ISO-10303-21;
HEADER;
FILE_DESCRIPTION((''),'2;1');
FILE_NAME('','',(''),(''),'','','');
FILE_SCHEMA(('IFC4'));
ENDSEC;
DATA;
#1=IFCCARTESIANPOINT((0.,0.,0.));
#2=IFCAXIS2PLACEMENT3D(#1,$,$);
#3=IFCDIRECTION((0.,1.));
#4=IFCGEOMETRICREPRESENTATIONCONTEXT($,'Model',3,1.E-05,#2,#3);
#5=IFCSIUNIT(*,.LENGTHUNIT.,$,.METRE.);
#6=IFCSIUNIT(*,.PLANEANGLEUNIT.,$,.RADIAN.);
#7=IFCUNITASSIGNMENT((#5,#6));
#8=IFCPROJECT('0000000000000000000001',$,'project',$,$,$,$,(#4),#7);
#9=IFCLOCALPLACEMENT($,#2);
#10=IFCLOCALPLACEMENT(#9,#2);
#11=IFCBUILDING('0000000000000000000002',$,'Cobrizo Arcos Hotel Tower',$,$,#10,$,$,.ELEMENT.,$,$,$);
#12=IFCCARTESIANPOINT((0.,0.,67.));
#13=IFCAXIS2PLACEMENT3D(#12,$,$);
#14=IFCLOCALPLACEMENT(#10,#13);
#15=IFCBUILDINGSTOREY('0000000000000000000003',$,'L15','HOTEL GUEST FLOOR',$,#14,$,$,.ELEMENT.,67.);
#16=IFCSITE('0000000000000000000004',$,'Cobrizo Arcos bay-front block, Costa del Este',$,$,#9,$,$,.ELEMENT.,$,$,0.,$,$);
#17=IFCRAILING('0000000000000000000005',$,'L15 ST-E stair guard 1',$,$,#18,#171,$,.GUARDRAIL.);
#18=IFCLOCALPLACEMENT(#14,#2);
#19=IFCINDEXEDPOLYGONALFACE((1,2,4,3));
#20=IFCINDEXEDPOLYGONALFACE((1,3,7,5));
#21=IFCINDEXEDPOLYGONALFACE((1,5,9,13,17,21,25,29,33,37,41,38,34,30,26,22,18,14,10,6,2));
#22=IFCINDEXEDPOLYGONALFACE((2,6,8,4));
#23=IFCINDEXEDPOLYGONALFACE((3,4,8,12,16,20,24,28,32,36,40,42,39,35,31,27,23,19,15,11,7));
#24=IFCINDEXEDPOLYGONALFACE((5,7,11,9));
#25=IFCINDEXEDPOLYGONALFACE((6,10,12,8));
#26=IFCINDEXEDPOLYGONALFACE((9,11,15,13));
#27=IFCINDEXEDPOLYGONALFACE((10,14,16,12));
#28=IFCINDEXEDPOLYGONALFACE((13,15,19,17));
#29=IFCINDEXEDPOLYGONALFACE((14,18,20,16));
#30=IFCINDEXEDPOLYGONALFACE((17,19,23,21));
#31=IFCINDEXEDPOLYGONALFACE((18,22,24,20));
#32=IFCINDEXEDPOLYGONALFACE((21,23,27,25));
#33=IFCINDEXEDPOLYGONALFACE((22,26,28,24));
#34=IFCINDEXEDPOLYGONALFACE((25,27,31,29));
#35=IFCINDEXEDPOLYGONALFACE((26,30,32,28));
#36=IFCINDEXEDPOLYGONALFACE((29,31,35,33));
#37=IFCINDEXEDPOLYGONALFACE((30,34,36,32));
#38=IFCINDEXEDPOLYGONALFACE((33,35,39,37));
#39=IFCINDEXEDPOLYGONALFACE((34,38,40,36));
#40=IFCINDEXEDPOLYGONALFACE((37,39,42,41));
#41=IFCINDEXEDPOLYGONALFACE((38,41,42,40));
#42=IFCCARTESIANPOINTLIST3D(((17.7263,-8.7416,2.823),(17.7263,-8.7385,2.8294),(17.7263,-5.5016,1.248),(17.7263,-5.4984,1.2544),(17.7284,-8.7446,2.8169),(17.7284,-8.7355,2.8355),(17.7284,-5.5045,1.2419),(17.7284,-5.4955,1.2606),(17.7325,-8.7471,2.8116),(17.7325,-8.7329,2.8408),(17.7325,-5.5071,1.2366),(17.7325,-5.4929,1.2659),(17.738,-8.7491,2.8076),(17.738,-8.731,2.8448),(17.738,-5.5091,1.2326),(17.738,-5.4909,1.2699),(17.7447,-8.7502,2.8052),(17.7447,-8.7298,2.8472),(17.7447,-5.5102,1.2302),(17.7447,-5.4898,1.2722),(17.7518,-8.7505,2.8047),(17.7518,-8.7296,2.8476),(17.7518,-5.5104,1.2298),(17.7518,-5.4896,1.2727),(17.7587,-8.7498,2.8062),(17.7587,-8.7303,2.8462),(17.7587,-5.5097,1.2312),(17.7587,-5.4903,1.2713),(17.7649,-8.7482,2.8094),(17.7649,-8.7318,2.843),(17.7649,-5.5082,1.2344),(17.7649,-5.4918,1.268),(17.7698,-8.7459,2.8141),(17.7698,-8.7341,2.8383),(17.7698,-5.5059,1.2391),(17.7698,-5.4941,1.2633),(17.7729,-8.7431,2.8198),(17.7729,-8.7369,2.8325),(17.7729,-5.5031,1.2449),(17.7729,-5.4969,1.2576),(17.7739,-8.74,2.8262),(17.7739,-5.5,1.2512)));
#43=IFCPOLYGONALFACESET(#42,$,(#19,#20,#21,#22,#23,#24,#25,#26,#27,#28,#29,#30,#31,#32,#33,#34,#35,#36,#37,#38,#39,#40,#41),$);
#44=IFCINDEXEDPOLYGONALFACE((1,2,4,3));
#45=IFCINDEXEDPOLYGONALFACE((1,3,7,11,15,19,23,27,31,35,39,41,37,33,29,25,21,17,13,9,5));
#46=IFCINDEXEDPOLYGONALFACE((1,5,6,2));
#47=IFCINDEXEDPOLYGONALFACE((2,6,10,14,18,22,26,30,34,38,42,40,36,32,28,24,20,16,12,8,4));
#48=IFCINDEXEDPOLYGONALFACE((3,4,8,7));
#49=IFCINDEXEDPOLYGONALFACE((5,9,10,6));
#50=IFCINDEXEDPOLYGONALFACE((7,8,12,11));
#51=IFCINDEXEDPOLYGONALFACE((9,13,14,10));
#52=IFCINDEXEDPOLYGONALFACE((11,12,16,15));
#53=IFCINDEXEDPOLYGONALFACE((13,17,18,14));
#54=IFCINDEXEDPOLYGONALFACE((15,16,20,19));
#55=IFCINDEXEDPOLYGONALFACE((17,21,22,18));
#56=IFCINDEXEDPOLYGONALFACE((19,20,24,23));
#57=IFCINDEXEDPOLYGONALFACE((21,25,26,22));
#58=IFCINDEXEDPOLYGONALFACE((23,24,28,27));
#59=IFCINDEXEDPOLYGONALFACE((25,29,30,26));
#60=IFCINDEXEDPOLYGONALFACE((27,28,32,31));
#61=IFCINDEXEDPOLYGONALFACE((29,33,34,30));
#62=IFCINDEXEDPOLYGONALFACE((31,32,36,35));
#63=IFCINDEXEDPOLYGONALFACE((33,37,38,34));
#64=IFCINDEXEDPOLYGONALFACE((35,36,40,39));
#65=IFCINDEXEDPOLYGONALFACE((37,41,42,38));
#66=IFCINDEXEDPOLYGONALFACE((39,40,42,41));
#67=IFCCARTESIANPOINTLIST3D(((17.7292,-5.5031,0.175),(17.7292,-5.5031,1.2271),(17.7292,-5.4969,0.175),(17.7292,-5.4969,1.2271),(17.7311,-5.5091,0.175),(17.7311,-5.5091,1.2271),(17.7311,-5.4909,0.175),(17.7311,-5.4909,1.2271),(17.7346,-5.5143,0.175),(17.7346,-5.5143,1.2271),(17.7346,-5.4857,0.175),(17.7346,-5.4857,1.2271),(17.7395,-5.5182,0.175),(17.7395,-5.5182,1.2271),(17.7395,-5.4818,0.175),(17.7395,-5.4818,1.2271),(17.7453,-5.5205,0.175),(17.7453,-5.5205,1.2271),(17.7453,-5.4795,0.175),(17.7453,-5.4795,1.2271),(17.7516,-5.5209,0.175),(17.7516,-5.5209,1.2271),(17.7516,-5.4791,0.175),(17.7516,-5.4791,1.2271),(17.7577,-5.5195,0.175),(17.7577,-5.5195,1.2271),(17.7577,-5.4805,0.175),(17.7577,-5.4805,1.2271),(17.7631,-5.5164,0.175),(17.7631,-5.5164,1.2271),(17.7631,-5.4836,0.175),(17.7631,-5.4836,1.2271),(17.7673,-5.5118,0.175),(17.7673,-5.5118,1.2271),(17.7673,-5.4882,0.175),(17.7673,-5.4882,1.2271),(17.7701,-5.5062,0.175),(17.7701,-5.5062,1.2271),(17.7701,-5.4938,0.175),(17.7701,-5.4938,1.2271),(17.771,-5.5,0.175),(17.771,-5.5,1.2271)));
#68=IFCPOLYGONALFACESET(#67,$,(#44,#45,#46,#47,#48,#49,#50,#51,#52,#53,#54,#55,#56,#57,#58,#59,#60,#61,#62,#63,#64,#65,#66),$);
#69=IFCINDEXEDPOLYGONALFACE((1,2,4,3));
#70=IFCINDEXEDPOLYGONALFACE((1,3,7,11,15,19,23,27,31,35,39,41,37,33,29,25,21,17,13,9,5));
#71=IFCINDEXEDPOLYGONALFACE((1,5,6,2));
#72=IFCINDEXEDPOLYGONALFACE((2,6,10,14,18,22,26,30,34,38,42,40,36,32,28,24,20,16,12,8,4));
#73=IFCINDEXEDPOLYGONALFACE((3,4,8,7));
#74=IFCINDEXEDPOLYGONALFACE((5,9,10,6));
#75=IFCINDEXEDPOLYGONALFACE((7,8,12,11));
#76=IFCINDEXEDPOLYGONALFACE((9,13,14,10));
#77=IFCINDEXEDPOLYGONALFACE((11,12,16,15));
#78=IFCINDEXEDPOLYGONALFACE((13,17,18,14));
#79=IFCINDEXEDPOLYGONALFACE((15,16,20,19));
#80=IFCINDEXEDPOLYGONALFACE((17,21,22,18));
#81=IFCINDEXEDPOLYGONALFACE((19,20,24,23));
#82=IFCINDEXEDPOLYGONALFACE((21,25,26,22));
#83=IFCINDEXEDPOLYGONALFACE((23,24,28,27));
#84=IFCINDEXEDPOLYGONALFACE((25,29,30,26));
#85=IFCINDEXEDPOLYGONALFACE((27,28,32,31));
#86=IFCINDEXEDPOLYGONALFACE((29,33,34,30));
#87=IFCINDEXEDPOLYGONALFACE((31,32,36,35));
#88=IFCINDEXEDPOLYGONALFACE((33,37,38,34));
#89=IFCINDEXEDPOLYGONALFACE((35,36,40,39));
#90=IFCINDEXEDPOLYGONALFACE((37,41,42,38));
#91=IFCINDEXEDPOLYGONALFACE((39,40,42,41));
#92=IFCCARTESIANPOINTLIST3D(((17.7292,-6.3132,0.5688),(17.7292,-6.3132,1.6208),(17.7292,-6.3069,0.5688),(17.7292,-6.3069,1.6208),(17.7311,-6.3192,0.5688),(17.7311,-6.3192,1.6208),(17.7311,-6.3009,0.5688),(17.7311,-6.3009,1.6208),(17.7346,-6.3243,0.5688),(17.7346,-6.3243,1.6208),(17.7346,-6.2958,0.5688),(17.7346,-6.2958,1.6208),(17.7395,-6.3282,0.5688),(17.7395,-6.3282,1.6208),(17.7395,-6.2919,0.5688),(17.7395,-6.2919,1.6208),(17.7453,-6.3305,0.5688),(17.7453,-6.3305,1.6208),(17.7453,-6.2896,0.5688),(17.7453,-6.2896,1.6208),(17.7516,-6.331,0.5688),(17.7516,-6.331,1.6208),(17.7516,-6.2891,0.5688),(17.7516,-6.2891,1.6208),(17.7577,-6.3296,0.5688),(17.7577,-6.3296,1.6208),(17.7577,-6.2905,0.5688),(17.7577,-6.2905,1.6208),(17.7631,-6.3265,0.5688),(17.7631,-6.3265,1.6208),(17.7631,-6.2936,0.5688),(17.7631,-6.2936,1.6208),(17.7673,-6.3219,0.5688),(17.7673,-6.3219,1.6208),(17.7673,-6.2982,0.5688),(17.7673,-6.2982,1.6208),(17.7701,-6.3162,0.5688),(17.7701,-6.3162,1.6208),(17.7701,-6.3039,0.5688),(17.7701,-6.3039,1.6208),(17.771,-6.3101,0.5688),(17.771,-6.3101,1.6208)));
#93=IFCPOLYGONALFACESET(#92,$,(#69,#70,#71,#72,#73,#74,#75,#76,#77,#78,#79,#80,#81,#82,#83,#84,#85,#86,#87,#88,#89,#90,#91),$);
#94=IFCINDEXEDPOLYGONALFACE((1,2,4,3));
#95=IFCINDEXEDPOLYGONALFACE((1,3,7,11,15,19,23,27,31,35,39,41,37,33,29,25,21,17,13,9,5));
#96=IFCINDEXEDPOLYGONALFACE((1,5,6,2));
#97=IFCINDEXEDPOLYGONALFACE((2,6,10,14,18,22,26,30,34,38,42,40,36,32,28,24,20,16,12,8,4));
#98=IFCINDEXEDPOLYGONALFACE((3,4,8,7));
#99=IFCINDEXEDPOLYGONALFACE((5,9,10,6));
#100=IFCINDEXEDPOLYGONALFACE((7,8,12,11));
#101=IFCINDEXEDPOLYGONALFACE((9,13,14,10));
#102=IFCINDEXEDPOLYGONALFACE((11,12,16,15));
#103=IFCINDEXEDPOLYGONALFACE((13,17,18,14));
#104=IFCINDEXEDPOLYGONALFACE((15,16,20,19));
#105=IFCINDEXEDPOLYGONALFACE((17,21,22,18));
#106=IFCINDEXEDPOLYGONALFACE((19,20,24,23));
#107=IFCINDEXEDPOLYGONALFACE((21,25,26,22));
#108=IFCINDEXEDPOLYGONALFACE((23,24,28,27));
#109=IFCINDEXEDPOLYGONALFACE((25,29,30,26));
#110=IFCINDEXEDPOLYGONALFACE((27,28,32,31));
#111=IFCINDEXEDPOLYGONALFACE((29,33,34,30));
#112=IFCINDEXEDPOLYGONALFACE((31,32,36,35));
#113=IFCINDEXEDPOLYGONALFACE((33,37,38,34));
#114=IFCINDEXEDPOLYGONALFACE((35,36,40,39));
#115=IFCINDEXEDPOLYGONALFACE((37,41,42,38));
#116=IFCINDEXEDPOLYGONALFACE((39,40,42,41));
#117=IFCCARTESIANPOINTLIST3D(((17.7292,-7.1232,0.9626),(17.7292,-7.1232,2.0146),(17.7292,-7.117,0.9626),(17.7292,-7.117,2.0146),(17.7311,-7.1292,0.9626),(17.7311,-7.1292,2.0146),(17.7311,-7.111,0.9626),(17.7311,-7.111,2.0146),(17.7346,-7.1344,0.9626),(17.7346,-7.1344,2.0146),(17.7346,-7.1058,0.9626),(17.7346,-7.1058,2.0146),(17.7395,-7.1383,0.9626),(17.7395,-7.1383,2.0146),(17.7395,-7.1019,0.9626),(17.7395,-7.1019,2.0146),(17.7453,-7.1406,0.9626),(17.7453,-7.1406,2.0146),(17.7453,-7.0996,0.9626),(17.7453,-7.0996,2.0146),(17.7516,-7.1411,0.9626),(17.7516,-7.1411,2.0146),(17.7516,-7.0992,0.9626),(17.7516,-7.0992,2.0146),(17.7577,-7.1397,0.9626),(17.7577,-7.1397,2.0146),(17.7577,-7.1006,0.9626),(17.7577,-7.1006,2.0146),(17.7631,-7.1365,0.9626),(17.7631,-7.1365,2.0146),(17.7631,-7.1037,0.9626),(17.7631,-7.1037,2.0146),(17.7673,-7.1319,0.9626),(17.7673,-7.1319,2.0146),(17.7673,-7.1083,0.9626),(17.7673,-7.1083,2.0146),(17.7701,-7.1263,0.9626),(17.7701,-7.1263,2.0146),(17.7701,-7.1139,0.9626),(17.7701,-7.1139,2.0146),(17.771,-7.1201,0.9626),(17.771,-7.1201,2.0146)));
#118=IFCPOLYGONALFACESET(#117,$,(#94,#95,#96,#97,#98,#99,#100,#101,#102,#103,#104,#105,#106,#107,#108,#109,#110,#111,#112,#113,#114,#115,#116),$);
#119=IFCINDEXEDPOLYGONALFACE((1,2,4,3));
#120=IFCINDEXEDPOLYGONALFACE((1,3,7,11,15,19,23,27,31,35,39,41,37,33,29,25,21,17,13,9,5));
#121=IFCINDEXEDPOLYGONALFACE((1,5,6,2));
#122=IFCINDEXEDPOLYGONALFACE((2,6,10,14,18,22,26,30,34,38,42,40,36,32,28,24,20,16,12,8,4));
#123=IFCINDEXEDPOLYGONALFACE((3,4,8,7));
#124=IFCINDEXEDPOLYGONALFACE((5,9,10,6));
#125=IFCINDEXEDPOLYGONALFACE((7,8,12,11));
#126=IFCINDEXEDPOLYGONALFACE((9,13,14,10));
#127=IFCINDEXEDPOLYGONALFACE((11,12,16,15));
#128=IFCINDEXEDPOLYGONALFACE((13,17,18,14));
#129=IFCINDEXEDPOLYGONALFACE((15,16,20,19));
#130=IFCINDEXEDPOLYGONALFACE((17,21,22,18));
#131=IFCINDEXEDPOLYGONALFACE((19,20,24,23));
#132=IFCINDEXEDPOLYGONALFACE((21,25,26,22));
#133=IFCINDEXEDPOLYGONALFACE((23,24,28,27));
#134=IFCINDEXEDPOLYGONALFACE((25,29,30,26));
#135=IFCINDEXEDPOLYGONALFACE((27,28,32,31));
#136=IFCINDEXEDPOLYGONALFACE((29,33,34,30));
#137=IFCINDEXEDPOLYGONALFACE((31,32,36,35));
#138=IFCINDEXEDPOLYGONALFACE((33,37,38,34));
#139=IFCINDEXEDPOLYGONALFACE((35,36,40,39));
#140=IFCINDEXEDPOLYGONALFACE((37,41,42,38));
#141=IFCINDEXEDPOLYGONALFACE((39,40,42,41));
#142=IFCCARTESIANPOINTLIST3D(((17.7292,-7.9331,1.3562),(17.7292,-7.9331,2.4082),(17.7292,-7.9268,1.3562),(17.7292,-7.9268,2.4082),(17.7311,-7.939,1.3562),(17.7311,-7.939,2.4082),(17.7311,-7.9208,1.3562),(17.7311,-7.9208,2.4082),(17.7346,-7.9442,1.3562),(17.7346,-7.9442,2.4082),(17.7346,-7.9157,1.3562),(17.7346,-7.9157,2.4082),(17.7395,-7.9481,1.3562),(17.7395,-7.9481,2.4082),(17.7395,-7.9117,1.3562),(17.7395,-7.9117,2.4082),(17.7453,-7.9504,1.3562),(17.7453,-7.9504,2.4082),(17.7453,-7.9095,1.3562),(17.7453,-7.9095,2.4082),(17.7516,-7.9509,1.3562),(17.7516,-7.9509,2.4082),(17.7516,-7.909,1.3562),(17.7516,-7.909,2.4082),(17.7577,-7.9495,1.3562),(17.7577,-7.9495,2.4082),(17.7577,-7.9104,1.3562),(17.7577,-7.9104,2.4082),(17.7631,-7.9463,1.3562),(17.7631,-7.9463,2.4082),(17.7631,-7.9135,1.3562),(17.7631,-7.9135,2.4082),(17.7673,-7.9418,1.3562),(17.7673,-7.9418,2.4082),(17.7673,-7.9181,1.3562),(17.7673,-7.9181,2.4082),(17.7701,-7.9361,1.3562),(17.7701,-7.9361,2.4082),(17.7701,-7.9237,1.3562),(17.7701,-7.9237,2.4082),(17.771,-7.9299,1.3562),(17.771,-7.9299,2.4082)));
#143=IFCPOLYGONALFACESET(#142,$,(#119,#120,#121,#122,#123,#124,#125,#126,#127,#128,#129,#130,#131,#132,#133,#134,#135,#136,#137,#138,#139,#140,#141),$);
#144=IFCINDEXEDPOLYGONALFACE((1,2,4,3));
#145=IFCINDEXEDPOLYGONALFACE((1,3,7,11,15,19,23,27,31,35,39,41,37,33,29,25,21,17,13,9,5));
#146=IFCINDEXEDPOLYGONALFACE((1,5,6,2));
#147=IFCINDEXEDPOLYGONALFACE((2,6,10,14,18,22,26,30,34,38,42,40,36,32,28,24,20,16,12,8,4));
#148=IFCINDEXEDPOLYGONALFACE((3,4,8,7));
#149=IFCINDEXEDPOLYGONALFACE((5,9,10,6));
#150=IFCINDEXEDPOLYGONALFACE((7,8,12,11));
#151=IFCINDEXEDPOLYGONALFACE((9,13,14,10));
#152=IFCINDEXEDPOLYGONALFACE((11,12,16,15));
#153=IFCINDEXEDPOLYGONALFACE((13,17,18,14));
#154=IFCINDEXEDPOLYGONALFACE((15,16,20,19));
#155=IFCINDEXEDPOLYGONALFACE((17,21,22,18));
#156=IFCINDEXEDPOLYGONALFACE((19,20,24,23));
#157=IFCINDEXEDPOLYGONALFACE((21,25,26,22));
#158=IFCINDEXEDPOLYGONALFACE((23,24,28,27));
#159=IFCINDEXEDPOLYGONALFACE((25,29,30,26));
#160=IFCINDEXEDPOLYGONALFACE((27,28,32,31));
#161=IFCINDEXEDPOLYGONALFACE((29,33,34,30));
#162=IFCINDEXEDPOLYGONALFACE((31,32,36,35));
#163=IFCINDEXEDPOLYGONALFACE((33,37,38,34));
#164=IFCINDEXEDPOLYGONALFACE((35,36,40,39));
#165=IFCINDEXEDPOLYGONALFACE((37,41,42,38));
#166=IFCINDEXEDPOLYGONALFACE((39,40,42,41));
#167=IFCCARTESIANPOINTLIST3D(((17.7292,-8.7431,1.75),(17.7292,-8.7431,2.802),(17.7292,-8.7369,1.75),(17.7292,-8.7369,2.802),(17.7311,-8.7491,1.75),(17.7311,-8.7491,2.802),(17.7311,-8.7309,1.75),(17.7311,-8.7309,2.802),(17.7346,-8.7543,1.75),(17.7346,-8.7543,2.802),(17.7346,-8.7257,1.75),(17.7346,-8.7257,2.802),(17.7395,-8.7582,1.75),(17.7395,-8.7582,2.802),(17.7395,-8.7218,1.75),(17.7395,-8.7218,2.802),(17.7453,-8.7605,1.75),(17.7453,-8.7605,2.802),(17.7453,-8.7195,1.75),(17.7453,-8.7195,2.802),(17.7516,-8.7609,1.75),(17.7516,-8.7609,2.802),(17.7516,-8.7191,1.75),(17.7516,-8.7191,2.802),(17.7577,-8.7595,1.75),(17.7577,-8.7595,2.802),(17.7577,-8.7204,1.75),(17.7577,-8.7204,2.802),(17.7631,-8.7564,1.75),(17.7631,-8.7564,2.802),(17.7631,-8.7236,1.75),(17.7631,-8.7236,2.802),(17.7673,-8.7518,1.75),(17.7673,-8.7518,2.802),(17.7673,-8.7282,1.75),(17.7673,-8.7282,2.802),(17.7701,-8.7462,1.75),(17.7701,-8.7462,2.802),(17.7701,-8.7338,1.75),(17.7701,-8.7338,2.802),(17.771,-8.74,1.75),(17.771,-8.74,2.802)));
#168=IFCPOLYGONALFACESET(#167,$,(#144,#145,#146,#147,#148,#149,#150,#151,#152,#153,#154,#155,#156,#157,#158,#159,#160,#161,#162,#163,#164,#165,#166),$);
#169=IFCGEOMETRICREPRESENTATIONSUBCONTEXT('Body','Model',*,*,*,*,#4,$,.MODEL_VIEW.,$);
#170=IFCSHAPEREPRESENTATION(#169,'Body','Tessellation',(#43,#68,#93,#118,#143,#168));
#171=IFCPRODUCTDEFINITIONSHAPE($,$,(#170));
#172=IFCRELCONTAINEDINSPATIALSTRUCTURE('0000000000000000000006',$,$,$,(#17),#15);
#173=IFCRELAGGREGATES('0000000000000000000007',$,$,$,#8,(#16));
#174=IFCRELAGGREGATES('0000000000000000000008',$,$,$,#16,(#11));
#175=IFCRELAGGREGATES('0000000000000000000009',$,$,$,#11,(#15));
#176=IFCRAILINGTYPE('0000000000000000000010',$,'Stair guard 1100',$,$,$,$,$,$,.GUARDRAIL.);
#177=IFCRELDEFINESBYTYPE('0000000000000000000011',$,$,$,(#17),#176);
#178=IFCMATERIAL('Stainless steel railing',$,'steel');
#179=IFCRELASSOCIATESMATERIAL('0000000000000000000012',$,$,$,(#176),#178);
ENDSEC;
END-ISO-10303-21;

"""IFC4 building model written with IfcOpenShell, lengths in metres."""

from ifc_helpers import new_model, si_unit, direction, frame, origin, origin_2d, place, context, subcontext, project, spatial, circle, extrude, material, type_object, element, save


model = new_model("IFC4")

# Units and contexts
model_context = context("Model", 3, precision=1e-05, world=origin(), true_north=direction((0.0, 1.0)))
body_context = subcontext(model_context, "Body", "Model", "MODEL_VIEW")
ifc_project = project(units=[si_unit("LENGTHUNIT", "METRE"), si_unit("PLANEANGLEUNIT", "RADIAN")], contexts=[model_context])

# Site, building, storey
site_placement = place(None, origin())
site = spatial("IfcSite", under=ifc_project, at=site_placement, Name="Cobrizo Arcos bay-front block, Costa del Este", CompositionType="ELEMENT", RefElevation=0.0)
building_placement = place(site_placement, origin())
building = spatial("IfcBuilding", under=site, at=building_placement, Name="Cobrizo Arcos Hotel Tower", CompositionType="ELEMENT")
storey_placement = place(building_placement, frame((0.0, 0.0, 67.0)))
storey = spatial("IfcBuildingStorey", under=building, at=storey_placement, Name="L15", Description="HOTEL GUEST FLOOR", CompositionType="ELEMENT", Elevation=67.0)

# Railing
ifc_material_1 = material(Name="Stainless steel railing", Category="steel")
railing_type_1 = type_object("IfcRailingType", Name="Stair guard 1100", PredefinedType="GUARDRAIL", material=ifc_material_1)
railing_1_placement = place(storey_placement, frame((17.75, -5.5, 0.175)))
element("IfcRailing", 1, at=railing_1_placement, inside=storey, type_object=railing_type_1, Name="L15 ST-E stair guard 1", PredefinedType="GUARDRAIL", context=body_context, shape_type="SweptSolid", body=[
    extrude(circle(Radius=0.0239, at=origin_2d()), frame((0.0, 0.0, 1.0762), z_axis=(0.0, -0.899373, 0.437183), x_axis=(1.0, 0.0, 0.0)), (0.0, 0.0, 1.0), 3.6025),
    extrude(circle(Radius=0.021, at=origin_2d()), origin(), (0.0, 0.0, 1.0), 1.052),
    extrude(circle(Radius=0.021, at=origin_2d()), frame((0.0, -0.8101, 0.3938)), (0.0, 0.0, 1.0), 1.052),
    extrude(circle(Radius=0.021, at=origin_2d()), frame((0.0, -1.6201, 0.7876)), (0.0, 0.0, 1.0), 1.052),
    extrude(circle(Radius=0.021, at=origin_2d()), frame((0.0, -2.4299, 1.1812)), (0.0, 0.0, 1.0), 1.052),
    extrude(circle(Radius=0.021, at=origin_2d()), frame((0.0, -3.24, 1.575)), (0.0, 0.0, 1.0), 1.052),
])

save(model, "model.ifc")
